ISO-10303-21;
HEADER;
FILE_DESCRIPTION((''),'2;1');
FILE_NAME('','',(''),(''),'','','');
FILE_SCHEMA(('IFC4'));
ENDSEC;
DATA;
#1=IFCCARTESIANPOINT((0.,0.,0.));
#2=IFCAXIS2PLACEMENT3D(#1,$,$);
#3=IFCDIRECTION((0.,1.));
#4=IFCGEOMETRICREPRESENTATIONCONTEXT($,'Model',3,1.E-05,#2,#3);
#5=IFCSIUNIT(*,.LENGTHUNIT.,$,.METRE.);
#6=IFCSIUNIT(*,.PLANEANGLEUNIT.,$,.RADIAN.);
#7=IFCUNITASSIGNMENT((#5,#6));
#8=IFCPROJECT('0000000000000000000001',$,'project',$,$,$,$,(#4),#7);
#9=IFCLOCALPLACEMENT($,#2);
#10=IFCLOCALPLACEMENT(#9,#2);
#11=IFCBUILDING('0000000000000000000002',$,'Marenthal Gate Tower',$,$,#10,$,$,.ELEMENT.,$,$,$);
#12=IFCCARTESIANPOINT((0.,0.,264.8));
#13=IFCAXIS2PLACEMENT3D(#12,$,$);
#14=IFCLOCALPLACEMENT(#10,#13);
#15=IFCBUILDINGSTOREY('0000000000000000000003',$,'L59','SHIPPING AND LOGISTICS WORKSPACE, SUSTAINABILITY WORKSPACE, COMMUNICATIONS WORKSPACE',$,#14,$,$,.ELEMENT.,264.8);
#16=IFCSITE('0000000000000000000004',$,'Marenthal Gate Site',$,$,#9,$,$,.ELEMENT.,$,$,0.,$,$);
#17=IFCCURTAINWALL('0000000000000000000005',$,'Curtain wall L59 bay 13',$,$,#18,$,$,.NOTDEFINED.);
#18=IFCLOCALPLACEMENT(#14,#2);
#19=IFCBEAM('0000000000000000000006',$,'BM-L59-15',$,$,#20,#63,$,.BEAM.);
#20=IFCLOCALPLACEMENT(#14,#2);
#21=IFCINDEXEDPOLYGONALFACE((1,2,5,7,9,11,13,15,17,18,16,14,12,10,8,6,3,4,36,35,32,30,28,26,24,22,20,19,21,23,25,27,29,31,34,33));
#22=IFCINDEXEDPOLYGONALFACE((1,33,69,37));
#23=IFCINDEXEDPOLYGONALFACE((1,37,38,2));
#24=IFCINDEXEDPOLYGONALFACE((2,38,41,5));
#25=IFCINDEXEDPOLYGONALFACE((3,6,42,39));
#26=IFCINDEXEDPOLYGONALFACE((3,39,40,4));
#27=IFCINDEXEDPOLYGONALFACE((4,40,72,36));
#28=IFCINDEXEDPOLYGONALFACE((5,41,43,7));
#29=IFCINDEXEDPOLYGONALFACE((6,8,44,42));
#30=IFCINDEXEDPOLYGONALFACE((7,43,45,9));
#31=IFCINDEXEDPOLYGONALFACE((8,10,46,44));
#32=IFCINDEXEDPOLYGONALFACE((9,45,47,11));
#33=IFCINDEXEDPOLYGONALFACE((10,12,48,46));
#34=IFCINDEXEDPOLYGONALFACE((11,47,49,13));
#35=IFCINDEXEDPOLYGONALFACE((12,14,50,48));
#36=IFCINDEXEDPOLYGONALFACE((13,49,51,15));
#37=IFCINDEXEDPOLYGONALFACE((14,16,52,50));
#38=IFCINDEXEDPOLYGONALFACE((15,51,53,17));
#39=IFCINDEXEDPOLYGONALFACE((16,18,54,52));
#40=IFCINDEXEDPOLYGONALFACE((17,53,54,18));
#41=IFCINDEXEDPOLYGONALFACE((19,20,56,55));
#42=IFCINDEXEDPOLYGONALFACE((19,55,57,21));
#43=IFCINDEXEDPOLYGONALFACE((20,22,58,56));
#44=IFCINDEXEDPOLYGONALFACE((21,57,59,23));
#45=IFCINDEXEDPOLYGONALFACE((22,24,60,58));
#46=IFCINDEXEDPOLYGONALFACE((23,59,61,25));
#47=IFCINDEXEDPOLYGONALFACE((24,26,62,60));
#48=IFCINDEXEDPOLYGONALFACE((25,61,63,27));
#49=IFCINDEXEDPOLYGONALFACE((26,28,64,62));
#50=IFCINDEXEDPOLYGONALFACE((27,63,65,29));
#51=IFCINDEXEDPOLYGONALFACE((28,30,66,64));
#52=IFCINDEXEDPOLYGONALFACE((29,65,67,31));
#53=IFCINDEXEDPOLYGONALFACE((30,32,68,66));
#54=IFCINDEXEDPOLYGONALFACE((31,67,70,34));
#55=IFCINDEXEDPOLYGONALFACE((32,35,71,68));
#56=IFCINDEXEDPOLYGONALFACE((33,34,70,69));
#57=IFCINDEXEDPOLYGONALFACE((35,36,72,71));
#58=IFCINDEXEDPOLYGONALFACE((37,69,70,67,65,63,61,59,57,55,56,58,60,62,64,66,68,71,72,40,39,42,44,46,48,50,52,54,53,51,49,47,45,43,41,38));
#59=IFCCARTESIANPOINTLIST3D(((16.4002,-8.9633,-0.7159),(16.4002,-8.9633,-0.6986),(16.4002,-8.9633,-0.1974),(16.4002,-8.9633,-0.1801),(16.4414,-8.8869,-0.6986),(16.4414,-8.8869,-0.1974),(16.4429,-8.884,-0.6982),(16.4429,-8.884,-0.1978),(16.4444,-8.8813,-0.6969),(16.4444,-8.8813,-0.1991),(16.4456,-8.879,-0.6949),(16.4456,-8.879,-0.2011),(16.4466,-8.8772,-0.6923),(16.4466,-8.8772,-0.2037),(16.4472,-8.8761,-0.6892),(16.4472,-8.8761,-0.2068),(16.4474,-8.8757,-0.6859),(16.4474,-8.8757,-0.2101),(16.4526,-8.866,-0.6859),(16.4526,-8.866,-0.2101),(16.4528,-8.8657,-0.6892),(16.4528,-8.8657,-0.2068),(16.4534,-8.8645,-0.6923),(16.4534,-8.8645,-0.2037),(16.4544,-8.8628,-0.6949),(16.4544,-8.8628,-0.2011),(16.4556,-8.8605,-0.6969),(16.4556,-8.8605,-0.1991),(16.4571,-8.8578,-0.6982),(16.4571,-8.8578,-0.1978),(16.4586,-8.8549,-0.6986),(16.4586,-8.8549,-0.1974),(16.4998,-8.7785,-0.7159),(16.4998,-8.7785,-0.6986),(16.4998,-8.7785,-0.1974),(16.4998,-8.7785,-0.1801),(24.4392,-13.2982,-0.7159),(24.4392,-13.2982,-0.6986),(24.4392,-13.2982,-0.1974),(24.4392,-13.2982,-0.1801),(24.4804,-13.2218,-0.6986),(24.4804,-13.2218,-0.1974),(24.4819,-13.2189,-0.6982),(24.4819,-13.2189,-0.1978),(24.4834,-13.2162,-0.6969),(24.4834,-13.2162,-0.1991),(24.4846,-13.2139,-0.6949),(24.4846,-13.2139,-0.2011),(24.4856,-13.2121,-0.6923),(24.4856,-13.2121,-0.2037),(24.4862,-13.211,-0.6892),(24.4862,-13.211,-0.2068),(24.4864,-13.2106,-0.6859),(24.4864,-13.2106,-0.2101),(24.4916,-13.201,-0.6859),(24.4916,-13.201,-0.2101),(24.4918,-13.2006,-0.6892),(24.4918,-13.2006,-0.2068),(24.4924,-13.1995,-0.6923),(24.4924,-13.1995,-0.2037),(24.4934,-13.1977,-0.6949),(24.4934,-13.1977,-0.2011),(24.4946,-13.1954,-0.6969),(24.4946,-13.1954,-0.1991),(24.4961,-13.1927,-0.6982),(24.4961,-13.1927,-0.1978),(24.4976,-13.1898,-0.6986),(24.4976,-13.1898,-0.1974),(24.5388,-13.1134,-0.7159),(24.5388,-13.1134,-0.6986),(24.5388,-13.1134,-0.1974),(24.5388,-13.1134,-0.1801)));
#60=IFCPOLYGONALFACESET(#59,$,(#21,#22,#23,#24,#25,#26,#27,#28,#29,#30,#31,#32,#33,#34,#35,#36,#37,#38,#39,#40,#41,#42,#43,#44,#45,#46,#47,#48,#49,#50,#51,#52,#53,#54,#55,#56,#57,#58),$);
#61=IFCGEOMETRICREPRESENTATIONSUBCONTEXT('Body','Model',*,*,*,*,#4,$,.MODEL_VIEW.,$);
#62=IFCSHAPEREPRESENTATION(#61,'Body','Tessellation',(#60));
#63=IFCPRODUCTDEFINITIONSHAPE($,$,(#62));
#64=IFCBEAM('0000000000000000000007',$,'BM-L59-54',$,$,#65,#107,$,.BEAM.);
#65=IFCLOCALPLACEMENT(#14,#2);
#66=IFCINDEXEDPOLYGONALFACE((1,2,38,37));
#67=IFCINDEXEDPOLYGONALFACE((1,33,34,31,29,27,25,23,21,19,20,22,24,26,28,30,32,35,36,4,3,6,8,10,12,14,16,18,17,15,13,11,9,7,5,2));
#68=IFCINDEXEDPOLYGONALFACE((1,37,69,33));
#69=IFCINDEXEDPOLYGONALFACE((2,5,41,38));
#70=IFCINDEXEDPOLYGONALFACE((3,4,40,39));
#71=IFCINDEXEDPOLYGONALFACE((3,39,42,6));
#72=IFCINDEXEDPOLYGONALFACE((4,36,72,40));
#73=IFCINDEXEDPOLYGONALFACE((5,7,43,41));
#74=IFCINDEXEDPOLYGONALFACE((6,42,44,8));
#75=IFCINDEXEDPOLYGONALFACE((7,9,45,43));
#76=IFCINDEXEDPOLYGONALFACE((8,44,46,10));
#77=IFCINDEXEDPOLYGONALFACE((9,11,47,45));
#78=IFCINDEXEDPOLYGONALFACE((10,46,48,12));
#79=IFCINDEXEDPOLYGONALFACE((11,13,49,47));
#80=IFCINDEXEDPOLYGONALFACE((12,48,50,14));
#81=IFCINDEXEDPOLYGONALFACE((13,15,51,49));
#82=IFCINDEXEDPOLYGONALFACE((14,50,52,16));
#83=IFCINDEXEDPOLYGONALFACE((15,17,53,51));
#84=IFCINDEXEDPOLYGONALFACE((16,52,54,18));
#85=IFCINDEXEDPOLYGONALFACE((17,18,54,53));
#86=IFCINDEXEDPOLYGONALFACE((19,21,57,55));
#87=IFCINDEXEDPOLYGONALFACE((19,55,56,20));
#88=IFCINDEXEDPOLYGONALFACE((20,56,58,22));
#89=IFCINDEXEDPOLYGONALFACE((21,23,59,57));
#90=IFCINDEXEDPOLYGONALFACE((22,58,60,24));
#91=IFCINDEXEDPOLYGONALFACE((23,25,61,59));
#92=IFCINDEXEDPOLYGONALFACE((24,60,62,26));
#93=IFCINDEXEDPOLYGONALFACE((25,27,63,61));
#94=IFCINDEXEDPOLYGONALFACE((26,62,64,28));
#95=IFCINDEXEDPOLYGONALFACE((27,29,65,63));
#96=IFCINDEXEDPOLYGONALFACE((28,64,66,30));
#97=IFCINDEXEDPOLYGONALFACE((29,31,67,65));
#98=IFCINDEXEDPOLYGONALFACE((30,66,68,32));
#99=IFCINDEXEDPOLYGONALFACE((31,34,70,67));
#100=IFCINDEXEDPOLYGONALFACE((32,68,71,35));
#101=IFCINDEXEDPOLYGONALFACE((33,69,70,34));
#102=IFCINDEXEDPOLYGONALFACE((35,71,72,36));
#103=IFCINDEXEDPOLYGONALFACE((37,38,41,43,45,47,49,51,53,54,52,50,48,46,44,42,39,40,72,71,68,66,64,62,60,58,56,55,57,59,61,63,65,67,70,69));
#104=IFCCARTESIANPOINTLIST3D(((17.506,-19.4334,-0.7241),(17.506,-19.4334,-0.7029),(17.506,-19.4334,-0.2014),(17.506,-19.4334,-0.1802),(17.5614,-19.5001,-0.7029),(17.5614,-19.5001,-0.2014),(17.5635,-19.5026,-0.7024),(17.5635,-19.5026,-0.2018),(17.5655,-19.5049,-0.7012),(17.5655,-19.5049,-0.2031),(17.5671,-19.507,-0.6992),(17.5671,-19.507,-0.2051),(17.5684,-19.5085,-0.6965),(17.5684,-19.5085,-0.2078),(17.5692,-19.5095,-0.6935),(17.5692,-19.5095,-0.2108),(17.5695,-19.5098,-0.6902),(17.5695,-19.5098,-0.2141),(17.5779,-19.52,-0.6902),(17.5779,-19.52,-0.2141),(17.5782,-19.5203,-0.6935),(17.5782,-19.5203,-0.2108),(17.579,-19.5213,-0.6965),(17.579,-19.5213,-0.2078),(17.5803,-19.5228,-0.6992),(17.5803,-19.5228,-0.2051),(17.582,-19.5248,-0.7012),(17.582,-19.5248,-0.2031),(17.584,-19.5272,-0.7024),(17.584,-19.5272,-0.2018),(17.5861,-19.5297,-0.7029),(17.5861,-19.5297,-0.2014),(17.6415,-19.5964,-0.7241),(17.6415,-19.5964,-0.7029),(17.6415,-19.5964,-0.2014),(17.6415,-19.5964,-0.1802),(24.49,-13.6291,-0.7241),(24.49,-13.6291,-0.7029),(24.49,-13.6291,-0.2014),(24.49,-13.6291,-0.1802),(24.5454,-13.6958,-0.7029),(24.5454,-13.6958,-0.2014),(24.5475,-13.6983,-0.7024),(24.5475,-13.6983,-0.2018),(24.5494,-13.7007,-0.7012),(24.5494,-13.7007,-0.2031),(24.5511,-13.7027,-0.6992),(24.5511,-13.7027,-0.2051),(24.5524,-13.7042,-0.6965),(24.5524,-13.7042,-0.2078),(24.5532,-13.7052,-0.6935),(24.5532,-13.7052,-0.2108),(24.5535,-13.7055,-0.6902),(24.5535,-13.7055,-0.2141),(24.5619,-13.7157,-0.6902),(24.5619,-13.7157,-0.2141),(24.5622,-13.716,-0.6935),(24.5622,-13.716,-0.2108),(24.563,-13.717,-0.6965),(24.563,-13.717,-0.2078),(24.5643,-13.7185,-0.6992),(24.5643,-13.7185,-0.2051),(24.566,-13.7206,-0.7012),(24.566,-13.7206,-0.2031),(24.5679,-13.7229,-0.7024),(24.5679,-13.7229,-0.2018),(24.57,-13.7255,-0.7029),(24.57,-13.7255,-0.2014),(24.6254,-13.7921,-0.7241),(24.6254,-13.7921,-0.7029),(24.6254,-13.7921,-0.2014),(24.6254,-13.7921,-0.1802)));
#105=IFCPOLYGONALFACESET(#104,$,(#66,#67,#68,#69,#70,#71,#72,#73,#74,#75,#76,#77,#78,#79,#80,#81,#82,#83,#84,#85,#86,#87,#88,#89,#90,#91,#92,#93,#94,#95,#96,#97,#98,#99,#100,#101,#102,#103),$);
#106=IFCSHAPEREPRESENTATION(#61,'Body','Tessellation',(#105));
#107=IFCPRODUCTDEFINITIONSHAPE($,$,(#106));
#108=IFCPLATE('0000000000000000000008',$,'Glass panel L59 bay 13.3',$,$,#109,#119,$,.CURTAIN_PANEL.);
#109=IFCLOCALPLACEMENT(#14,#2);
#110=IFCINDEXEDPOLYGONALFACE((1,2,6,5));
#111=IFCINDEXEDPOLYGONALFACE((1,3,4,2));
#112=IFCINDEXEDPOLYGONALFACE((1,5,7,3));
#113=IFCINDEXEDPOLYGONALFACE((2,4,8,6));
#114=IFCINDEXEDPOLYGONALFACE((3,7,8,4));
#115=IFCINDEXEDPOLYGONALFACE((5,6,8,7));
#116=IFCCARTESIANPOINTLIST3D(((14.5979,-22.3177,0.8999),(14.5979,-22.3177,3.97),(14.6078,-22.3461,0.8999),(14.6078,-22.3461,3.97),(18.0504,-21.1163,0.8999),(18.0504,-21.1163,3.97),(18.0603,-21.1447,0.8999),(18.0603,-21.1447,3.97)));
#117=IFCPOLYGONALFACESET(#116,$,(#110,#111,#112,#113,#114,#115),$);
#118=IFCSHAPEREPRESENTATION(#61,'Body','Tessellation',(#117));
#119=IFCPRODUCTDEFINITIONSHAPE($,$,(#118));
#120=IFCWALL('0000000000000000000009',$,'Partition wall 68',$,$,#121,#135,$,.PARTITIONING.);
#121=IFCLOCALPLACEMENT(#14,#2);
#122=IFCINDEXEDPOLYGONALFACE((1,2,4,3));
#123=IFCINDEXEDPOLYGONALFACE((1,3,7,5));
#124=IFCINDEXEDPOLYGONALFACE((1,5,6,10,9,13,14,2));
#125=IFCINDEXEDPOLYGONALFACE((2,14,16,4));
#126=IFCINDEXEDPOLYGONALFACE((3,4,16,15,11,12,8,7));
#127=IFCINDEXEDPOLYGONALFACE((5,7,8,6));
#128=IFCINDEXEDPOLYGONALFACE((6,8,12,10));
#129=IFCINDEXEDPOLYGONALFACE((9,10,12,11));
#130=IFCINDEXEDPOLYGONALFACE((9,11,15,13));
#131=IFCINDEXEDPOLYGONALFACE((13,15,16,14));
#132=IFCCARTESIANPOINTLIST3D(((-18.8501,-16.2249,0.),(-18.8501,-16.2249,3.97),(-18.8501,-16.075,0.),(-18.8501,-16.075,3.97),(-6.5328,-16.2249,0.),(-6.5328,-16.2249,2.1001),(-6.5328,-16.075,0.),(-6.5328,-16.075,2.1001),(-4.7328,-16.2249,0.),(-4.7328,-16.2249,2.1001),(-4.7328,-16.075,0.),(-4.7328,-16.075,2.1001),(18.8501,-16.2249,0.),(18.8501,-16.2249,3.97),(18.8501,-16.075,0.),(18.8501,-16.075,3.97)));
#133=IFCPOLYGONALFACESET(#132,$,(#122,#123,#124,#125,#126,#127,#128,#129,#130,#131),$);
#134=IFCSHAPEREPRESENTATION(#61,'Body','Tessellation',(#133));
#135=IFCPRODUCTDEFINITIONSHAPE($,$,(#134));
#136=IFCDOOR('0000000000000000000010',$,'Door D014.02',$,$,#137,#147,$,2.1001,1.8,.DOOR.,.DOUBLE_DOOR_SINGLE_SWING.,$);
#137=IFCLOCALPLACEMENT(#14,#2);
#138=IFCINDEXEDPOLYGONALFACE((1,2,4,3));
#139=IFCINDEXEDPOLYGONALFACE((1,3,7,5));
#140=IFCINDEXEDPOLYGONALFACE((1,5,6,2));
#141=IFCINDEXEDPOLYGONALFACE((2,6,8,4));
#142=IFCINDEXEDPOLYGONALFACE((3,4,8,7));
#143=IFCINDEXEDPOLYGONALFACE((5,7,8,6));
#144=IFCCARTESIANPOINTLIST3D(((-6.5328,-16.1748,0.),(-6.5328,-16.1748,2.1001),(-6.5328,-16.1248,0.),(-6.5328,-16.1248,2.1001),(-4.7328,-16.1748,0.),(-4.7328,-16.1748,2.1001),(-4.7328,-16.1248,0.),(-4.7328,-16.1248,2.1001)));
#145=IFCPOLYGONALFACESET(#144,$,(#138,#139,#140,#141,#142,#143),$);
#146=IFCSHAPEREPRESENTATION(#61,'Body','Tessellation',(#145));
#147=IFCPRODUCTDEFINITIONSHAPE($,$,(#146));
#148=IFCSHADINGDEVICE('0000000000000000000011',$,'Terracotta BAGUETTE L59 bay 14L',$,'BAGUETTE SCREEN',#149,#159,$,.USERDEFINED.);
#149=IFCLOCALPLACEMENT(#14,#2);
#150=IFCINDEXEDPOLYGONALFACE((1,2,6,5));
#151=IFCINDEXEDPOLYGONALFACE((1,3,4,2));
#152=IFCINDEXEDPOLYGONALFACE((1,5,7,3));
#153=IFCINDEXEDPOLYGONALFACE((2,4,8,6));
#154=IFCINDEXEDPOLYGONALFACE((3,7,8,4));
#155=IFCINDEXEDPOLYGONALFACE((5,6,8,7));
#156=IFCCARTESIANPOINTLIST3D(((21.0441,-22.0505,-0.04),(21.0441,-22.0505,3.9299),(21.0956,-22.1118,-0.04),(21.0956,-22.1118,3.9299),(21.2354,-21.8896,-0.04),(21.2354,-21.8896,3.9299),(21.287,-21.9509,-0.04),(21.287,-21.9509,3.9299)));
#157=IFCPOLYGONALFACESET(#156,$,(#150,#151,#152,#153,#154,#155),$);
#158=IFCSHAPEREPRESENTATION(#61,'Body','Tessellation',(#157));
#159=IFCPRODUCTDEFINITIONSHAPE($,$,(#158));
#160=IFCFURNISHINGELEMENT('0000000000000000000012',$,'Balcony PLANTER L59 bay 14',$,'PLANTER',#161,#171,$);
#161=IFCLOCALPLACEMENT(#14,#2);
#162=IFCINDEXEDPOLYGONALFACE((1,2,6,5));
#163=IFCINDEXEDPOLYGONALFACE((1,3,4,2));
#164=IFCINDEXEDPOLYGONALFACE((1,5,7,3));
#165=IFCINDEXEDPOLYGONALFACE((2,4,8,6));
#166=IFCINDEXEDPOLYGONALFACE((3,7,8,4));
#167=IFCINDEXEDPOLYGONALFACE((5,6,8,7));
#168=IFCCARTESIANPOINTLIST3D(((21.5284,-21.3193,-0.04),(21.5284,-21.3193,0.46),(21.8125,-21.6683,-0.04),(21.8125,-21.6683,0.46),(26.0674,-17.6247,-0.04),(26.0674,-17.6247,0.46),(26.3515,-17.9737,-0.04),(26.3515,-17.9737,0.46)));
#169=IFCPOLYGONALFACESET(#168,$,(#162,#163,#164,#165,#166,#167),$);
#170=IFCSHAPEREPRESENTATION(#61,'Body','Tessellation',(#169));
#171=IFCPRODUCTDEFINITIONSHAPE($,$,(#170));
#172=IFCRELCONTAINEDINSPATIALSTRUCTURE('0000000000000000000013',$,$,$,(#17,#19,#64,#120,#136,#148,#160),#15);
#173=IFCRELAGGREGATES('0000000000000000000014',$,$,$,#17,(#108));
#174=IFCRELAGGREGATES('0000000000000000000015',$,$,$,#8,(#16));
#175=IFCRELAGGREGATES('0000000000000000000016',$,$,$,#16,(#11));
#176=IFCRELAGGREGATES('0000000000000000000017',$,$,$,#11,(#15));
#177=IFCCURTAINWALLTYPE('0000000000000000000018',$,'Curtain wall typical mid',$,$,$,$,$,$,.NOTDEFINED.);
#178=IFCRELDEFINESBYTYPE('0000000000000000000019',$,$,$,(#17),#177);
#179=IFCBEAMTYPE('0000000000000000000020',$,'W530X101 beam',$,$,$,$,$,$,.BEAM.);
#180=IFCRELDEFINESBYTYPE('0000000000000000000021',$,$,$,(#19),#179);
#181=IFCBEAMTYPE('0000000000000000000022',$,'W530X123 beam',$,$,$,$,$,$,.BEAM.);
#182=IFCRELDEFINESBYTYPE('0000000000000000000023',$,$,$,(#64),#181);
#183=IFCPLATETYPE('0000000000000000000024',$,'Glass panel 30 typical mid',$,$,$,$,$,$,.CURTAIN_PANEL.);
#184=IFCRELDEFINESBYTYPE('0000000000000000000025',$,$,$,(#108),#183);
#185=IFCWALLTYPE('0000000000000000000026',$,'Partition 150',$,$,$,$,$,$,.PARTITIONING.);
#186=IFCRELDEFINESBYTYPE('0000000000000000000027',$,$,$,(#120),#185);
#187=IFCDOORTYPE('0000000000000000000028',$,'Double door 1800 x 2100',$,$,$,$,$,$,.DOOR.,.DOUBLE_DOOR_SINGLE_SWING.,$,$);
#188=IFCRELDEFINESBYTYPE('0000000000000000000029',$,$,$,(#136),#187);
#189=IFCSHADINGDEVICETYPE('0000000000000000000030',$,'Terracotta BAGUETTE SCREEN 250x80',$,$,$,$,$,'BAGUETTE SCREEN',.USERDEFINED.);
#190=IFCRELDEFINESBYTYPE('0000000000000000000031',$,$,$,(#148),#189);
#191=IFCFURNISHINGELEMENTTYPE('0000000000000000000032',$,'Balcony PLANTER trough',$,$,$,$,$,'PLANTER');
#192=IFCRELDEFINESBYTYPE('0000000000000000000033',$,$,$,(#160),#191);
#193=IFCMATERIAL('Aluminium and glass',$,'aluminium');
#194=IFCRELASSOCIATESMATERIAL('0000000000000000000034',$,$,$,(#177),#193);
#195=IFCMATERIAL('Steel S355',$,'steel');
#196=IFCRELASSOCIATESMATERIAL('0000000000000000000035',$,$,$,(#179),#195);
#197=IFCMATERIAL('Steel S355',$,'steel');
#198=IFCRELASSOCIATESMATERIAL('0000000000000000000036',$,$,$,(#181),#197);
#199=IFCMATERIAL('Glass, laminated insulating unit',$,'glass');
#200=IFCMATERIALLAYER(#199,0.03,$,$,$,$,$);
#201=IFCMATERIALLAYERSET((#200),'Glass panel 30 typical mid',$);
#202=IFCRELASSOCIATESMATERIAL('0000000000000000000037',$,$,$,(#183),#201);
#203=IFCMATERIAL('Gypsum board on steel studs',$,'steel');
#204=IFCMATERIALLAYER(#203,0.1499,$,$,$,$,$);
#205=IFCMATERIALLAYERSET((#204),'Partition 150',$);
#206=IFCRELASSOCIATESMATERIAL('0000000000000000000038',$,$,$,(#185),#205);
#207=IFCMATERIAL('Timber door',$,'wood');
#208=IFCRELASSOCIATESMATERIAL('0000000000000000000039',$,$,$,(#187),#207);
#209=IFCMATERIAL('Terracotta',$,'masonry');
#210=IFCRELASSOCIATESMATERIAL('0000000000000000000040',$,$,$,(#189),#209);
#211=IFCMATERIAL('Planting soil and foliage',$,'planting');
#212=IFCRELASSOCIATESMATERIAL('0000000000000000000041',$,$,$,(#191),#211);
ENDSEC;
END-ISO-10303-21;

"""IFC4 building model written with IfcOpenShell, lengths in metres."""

from ifc_helpers import new_model, si_unit, direction, frame, frame_2d, origin, origin_2d, place, context, subcontext, project, spatial, rectangle, i_section, extrude, material, layer, layer_set, material_profile, profile_set, type_object, element, fill, aggregate, save


model = new_model("IFC4")

# Units and contexts
model_context = context("Model", 3, precision=1e-05, world=origin(), true_north=direction((0.0, 1.0)))
body_context = subcontext(model_context, "Body", "Model", "MODEL_VIEW")
ifc_project = project(units=[si_unit("LENGTHUNIT", "METRE"), si_unit("PLANEANGLEUNIT", "RADIAN")], contexts=[model_context])

# Site, building, storey
site_placement = place(None, origin())
site = spatial("IfcSite", under=ifc_project, at=site_placement, Name="Marenthal Gate Site", CompositionType="ELEMENT", RefElevation=0.0)
building_placement = place(site_placement, origin())
building = spatial("IfcBuilding", under=site, at=building_placement, Name="Marenthal Gate Tower", CompositionType="ELEMENT")
storey_placement = place(building_placement, frame((0.0, 0.0, 264.8)))
storey = spatial("IfcBuildingStorey", under=building, at=storey_placement, Name="L59", Description="SHIPPING AND LOGISTICS WORKSPACE, SUSTAINABILITY WORKSPACE, COMMUNICATIONS WORKSPACE", CompositionType="ELEMENT", Elevation=264.8)

# Curtain wall
ifc_material_1 = material(Name="Aluminium and glass", Category="aluminium")
curtain_wall_type = type_object("IfcCurtainWallType", Name="Curtain wall typical mid", PredefinedType="NOTDEFINED", material=ifc_material_1)
curtain_wall_1_placement = place(storey_placement, origin())
curtain_wall_1 = element("IfcCurtainWall", 1, at=curtain_wall_1_placement, inside=storey, type_object=curtain_wall_type, Name="Curtain wall L59 bay 13", PredefinedType="NOTDEFINED")

# Beams
ifc_material_2 = material(Name="Steel S355", Category="steel")
ifc_material_profile_1 = material_profile(ifc_material_2, i_section(OverallWidth=0.21, OverallDepth=0.5359, WebThickness=0.011, FlangeThickness=0.0173, FilletRadius=0.0127, at=origin_2d()), Name="W530X101")
ifc_profile_set_1 = profile_set([ifc_material_profile_1], Name="Steel S355")
beam_type_1 = type_object("IfcBeamType", Name="W530X101 beam", PredefinedType="BEAM", material=ifc_profile_set_1)
beam_1_placement = place(storey_placement, frame((24.489, -13.2058, -0.448), z_axis=(-0.880186, 0.474629, 0.0), x_axis=(-0.474629, -0.880186, 0.0)))
element("IfcBeam", 2, at=beam_1_placement, inside=storey, type_object=beam_type_1, Name="BM-L59-15", PredefinedType="BEAM", context=body_context, shape_type="SweptSolid", body=[
    extrude(i_section(OverallWidth=0.21, OverallDepth=0.5359, WebThickness=0.011, FlangeThickness=0.0173, FilletRadius=0.0127, at=origin_2d()), origin(), (0.0, 0.0, 1.0), 9.1333),
])
ifc_material_3 = material(Name="Steel S355", Category="steel")
ifc_material_profile_2 = material_profile(ifc_material_3, i_section(OverallWidth=0.2119, OverallDepth=0.5439, WebThickness=0.0132, FlangeThickness=0.0212, FilletRadius=0.0127, at=origin_2d()), Name="W530X123")
ifc_profile_set_2 = profile_set([ifc_material_profile_2], Name="Steel S355")
beam_type_2 = type_object("IfcBeamType", Name="W530X123 beam", PredefinedType="BEAM", material=ifc_profile_set_2)
beam_2_placement = place(storey_placement, frame((17.5737, -19.5149, -0.4521), z_axis=(0.769071, 0.639163, 0.0), x_axis=(-0.639163, 0.769071, 0.0)))
element("IfcBeam", 3, at=beam_2_placement, inside=storey, type_object=beam_type_2, Name="BM-L59-54", PredefinedType="BEAM", context=body_context, shape_type="SweptSolid", body=[
    extrude(i_section(OverallWidth=0.2119, OverallDepth=0.5439, WebThickness=0.0132, FlangeThickness=0.0212, FilletRadius=0.0127, at=origin_2d()), origin(), (0.0, 0.0, 1.0), 9.0811),
])

# Plate
ifc_material_4 = material(Name="Glass, laminated insulating unit", Category="glass")
ifc_layer_1 = layer(ifc_material_4, 0.03)
ifc_layer_set_1 = layer_set([ifc_layer_1], Name="Glass panel 30 typical mid")
plate_type = type_object("IfcPlateType", Name="Glass panel 30 typical mid", PredefinedType="CURTAIN_PANEL", material=ifc_layer_set_1)
plate_placement = place(storey_placement, frame((16.3291, -21.7312, 0.8999), z_axis=(0.0, 0.0, 1.0), x_axis=(0.944445, 0.32867, 0.0)))
plate = element("IfcPlate", 4, at=plate_placement, type_object=plate_type, Name="Glass panel L59 bay 13.3", PredefinedType="CURTAIN_PANEL", context=body_context, shape_type="SweptSolid", body=[
    extrude(rectangle(XDim=3.6555, YDim=0.03, at=origin_2d()), origin(), (0.0, 0.0, 1.0), 3.0701),
])
aggregate(curtain_wall_1, [plate])

# Wall, opening, door
ifc_material_5 = material(Name="Gypsum board on steel studs", Category="steel")
ifc_layer_2 = layer(ifc_material_5, 0.1499)
ifc_layer_set_2 = layer_set([ifc_layer_2], Name="Partition 150")
wall_type_1 = type_object("IfcWallType", Name="Partition 150", PredefinedType="PARTITIONING", material=ifc_layer_set_2)
wall_1_placement = place(storey_placement, frame((18.8501, -16.1499, 0.0), z_axis=(0.0, 0.0, 1.0), x_axis=(-1.0, 0.0, 0.0)))
wall_1 = element("IfcWall", 5, at=wall_1_placement, inside=storey, type_object=wall_type_1, Name="Partition wall 68", PredefinedType="PARTITIONING", context=body_context, shape_type="SweptSolid", body=[
    extrude(rectangle(XDim=37.7002, YDim=0.1499, at=frame_2d((18.8501, 0.0))), origin(), (0.0, 0.0, 1.0), 3.97),
])
opening_1_placement = place(wall_1_placement, frame((23.583, 0.0, 0.0)))
opening_1 = element("IfcOpeningElement", 6, at=opening_1_placement, cuts=wall_1, PredefinedType="OPENING", context=body_context, shape_type="SweptSolid", body=[
    extrude(rectangle(XDim=1.8, YDim=2.1001, at=frame_2d((0.8999, 1.05))), frame((0.0, 0.085, 0.0), z_axis=(0.0, -1.0, 0.0), x_axis=(1.0, 0.0, 0.0)), (0.0, 0.0, 1.0), 0.1699),
])
ifc_material_6 = material(Name="Timber door", Category="wood")
door_type_1 = type_object("IfcDoorType", Name="Double door 1800 x 2100", OperationType="DOUBLE_DOOR_SINGLE_SWING", PredefinedType="DOOR", material=ifc_material_6)
door_1_placement = place(opening_1_placement, origin())
door_1 = element("IfcDoor", 7, at=door_1_placement, inside=storey, type_object=door_type_1, Name="Door D014.02", OperationType="DOUBLE_DOOR_SINGLE_SWING", OverallHeight=2.1001, OverallWidth=1.8, PredefinedType="DOOR", context=body_context, shape_type="SweptSolid", body=[
    extrude(rectangle(XDim=1.8, YDim=2.1001, at=frame_2d((0.8999, 1.05))), frame((0.0, 0.0249, 0.0), z_axis=(0.0, -1.0, 0.0), x_axis=(1.0, 0.0, 0.0)), (0.0, 0.0, 1.0), 0.05),
])
fill(opening_1, door_1)

# Shading device
ifc_material_7 = material(Name="Terracotta", Category="masonry")
ifc_material_profile_3 = material_profile(ifc_material_7, rectangle(XDim=0.25, YDim=0.0801, at=origin_2d()), Name="Terracotta baguette 250x80")
ifc_profile_set_3 = profile_set([ifc_material_profile_3], Name="Terracotta")
shading_device_type = type_object("IfcShadingDeviceType", Name="Terracotta BAGUETTE SCREEN 250x80", ElementType="BAGUETTE SCREEN", PredefinedType="USERDEFINED", material=ifc_profile_set_3)
shading_device_placement = place(storey_placement, frame((21.1655, -22.0007, -0.04), z_axis=(0.0, 0.0, 1.0), x_axis=(0.765301, 0.643672, 0.0)))
element("IfcShadingDevice", 8, at=shading_device_placement, inside=storey, type_object=shading_device_type, Name="Terracotta BAGUETTE L59 bay 14L", ObjectType="BAGUETTE SCREEN", PredefinedType="USERDEFINED", context=body_context, shape_type="SweptSolid", body=[
    extrude(rectangle(XDim=0.25, YDim=0.0801, at=origin_2d()), origin(), (0.0, 0.0, 1.0), 3.97),
])

# Furnishing element
ifc_material_8 = material(Name="Planting soil and foliage", Category="planting")
furnishing_element_type = type_object("IfcFurnishingElementType", Name="Balcony PLANTER trough", ElementType="PLANTER", material=ifc_material_8)
furnishing_placement = place(storey_placement, frame((23.9399, -19.6465, -0.04), z_axis=(0.0, 0.0, 1.0), x_axis=(0.775557, 0.631278, 0.0)))
element("IfcFurnishingElement", 9, at=furnishing_placement, inside=storey, type_object=furnishing_element_type, Name="Balcony PLANTER L59 bay 14", ObjectType="PLANTER", context=body_context, shape_type="SweptSolid", body=[
    extrude(rectangle(XDim=5.8525, YDim=0.45, at=origin_2d()), origin(), (0.0, 0.0, 1.0), 0.5),
])

save(model, "model.ifc")
